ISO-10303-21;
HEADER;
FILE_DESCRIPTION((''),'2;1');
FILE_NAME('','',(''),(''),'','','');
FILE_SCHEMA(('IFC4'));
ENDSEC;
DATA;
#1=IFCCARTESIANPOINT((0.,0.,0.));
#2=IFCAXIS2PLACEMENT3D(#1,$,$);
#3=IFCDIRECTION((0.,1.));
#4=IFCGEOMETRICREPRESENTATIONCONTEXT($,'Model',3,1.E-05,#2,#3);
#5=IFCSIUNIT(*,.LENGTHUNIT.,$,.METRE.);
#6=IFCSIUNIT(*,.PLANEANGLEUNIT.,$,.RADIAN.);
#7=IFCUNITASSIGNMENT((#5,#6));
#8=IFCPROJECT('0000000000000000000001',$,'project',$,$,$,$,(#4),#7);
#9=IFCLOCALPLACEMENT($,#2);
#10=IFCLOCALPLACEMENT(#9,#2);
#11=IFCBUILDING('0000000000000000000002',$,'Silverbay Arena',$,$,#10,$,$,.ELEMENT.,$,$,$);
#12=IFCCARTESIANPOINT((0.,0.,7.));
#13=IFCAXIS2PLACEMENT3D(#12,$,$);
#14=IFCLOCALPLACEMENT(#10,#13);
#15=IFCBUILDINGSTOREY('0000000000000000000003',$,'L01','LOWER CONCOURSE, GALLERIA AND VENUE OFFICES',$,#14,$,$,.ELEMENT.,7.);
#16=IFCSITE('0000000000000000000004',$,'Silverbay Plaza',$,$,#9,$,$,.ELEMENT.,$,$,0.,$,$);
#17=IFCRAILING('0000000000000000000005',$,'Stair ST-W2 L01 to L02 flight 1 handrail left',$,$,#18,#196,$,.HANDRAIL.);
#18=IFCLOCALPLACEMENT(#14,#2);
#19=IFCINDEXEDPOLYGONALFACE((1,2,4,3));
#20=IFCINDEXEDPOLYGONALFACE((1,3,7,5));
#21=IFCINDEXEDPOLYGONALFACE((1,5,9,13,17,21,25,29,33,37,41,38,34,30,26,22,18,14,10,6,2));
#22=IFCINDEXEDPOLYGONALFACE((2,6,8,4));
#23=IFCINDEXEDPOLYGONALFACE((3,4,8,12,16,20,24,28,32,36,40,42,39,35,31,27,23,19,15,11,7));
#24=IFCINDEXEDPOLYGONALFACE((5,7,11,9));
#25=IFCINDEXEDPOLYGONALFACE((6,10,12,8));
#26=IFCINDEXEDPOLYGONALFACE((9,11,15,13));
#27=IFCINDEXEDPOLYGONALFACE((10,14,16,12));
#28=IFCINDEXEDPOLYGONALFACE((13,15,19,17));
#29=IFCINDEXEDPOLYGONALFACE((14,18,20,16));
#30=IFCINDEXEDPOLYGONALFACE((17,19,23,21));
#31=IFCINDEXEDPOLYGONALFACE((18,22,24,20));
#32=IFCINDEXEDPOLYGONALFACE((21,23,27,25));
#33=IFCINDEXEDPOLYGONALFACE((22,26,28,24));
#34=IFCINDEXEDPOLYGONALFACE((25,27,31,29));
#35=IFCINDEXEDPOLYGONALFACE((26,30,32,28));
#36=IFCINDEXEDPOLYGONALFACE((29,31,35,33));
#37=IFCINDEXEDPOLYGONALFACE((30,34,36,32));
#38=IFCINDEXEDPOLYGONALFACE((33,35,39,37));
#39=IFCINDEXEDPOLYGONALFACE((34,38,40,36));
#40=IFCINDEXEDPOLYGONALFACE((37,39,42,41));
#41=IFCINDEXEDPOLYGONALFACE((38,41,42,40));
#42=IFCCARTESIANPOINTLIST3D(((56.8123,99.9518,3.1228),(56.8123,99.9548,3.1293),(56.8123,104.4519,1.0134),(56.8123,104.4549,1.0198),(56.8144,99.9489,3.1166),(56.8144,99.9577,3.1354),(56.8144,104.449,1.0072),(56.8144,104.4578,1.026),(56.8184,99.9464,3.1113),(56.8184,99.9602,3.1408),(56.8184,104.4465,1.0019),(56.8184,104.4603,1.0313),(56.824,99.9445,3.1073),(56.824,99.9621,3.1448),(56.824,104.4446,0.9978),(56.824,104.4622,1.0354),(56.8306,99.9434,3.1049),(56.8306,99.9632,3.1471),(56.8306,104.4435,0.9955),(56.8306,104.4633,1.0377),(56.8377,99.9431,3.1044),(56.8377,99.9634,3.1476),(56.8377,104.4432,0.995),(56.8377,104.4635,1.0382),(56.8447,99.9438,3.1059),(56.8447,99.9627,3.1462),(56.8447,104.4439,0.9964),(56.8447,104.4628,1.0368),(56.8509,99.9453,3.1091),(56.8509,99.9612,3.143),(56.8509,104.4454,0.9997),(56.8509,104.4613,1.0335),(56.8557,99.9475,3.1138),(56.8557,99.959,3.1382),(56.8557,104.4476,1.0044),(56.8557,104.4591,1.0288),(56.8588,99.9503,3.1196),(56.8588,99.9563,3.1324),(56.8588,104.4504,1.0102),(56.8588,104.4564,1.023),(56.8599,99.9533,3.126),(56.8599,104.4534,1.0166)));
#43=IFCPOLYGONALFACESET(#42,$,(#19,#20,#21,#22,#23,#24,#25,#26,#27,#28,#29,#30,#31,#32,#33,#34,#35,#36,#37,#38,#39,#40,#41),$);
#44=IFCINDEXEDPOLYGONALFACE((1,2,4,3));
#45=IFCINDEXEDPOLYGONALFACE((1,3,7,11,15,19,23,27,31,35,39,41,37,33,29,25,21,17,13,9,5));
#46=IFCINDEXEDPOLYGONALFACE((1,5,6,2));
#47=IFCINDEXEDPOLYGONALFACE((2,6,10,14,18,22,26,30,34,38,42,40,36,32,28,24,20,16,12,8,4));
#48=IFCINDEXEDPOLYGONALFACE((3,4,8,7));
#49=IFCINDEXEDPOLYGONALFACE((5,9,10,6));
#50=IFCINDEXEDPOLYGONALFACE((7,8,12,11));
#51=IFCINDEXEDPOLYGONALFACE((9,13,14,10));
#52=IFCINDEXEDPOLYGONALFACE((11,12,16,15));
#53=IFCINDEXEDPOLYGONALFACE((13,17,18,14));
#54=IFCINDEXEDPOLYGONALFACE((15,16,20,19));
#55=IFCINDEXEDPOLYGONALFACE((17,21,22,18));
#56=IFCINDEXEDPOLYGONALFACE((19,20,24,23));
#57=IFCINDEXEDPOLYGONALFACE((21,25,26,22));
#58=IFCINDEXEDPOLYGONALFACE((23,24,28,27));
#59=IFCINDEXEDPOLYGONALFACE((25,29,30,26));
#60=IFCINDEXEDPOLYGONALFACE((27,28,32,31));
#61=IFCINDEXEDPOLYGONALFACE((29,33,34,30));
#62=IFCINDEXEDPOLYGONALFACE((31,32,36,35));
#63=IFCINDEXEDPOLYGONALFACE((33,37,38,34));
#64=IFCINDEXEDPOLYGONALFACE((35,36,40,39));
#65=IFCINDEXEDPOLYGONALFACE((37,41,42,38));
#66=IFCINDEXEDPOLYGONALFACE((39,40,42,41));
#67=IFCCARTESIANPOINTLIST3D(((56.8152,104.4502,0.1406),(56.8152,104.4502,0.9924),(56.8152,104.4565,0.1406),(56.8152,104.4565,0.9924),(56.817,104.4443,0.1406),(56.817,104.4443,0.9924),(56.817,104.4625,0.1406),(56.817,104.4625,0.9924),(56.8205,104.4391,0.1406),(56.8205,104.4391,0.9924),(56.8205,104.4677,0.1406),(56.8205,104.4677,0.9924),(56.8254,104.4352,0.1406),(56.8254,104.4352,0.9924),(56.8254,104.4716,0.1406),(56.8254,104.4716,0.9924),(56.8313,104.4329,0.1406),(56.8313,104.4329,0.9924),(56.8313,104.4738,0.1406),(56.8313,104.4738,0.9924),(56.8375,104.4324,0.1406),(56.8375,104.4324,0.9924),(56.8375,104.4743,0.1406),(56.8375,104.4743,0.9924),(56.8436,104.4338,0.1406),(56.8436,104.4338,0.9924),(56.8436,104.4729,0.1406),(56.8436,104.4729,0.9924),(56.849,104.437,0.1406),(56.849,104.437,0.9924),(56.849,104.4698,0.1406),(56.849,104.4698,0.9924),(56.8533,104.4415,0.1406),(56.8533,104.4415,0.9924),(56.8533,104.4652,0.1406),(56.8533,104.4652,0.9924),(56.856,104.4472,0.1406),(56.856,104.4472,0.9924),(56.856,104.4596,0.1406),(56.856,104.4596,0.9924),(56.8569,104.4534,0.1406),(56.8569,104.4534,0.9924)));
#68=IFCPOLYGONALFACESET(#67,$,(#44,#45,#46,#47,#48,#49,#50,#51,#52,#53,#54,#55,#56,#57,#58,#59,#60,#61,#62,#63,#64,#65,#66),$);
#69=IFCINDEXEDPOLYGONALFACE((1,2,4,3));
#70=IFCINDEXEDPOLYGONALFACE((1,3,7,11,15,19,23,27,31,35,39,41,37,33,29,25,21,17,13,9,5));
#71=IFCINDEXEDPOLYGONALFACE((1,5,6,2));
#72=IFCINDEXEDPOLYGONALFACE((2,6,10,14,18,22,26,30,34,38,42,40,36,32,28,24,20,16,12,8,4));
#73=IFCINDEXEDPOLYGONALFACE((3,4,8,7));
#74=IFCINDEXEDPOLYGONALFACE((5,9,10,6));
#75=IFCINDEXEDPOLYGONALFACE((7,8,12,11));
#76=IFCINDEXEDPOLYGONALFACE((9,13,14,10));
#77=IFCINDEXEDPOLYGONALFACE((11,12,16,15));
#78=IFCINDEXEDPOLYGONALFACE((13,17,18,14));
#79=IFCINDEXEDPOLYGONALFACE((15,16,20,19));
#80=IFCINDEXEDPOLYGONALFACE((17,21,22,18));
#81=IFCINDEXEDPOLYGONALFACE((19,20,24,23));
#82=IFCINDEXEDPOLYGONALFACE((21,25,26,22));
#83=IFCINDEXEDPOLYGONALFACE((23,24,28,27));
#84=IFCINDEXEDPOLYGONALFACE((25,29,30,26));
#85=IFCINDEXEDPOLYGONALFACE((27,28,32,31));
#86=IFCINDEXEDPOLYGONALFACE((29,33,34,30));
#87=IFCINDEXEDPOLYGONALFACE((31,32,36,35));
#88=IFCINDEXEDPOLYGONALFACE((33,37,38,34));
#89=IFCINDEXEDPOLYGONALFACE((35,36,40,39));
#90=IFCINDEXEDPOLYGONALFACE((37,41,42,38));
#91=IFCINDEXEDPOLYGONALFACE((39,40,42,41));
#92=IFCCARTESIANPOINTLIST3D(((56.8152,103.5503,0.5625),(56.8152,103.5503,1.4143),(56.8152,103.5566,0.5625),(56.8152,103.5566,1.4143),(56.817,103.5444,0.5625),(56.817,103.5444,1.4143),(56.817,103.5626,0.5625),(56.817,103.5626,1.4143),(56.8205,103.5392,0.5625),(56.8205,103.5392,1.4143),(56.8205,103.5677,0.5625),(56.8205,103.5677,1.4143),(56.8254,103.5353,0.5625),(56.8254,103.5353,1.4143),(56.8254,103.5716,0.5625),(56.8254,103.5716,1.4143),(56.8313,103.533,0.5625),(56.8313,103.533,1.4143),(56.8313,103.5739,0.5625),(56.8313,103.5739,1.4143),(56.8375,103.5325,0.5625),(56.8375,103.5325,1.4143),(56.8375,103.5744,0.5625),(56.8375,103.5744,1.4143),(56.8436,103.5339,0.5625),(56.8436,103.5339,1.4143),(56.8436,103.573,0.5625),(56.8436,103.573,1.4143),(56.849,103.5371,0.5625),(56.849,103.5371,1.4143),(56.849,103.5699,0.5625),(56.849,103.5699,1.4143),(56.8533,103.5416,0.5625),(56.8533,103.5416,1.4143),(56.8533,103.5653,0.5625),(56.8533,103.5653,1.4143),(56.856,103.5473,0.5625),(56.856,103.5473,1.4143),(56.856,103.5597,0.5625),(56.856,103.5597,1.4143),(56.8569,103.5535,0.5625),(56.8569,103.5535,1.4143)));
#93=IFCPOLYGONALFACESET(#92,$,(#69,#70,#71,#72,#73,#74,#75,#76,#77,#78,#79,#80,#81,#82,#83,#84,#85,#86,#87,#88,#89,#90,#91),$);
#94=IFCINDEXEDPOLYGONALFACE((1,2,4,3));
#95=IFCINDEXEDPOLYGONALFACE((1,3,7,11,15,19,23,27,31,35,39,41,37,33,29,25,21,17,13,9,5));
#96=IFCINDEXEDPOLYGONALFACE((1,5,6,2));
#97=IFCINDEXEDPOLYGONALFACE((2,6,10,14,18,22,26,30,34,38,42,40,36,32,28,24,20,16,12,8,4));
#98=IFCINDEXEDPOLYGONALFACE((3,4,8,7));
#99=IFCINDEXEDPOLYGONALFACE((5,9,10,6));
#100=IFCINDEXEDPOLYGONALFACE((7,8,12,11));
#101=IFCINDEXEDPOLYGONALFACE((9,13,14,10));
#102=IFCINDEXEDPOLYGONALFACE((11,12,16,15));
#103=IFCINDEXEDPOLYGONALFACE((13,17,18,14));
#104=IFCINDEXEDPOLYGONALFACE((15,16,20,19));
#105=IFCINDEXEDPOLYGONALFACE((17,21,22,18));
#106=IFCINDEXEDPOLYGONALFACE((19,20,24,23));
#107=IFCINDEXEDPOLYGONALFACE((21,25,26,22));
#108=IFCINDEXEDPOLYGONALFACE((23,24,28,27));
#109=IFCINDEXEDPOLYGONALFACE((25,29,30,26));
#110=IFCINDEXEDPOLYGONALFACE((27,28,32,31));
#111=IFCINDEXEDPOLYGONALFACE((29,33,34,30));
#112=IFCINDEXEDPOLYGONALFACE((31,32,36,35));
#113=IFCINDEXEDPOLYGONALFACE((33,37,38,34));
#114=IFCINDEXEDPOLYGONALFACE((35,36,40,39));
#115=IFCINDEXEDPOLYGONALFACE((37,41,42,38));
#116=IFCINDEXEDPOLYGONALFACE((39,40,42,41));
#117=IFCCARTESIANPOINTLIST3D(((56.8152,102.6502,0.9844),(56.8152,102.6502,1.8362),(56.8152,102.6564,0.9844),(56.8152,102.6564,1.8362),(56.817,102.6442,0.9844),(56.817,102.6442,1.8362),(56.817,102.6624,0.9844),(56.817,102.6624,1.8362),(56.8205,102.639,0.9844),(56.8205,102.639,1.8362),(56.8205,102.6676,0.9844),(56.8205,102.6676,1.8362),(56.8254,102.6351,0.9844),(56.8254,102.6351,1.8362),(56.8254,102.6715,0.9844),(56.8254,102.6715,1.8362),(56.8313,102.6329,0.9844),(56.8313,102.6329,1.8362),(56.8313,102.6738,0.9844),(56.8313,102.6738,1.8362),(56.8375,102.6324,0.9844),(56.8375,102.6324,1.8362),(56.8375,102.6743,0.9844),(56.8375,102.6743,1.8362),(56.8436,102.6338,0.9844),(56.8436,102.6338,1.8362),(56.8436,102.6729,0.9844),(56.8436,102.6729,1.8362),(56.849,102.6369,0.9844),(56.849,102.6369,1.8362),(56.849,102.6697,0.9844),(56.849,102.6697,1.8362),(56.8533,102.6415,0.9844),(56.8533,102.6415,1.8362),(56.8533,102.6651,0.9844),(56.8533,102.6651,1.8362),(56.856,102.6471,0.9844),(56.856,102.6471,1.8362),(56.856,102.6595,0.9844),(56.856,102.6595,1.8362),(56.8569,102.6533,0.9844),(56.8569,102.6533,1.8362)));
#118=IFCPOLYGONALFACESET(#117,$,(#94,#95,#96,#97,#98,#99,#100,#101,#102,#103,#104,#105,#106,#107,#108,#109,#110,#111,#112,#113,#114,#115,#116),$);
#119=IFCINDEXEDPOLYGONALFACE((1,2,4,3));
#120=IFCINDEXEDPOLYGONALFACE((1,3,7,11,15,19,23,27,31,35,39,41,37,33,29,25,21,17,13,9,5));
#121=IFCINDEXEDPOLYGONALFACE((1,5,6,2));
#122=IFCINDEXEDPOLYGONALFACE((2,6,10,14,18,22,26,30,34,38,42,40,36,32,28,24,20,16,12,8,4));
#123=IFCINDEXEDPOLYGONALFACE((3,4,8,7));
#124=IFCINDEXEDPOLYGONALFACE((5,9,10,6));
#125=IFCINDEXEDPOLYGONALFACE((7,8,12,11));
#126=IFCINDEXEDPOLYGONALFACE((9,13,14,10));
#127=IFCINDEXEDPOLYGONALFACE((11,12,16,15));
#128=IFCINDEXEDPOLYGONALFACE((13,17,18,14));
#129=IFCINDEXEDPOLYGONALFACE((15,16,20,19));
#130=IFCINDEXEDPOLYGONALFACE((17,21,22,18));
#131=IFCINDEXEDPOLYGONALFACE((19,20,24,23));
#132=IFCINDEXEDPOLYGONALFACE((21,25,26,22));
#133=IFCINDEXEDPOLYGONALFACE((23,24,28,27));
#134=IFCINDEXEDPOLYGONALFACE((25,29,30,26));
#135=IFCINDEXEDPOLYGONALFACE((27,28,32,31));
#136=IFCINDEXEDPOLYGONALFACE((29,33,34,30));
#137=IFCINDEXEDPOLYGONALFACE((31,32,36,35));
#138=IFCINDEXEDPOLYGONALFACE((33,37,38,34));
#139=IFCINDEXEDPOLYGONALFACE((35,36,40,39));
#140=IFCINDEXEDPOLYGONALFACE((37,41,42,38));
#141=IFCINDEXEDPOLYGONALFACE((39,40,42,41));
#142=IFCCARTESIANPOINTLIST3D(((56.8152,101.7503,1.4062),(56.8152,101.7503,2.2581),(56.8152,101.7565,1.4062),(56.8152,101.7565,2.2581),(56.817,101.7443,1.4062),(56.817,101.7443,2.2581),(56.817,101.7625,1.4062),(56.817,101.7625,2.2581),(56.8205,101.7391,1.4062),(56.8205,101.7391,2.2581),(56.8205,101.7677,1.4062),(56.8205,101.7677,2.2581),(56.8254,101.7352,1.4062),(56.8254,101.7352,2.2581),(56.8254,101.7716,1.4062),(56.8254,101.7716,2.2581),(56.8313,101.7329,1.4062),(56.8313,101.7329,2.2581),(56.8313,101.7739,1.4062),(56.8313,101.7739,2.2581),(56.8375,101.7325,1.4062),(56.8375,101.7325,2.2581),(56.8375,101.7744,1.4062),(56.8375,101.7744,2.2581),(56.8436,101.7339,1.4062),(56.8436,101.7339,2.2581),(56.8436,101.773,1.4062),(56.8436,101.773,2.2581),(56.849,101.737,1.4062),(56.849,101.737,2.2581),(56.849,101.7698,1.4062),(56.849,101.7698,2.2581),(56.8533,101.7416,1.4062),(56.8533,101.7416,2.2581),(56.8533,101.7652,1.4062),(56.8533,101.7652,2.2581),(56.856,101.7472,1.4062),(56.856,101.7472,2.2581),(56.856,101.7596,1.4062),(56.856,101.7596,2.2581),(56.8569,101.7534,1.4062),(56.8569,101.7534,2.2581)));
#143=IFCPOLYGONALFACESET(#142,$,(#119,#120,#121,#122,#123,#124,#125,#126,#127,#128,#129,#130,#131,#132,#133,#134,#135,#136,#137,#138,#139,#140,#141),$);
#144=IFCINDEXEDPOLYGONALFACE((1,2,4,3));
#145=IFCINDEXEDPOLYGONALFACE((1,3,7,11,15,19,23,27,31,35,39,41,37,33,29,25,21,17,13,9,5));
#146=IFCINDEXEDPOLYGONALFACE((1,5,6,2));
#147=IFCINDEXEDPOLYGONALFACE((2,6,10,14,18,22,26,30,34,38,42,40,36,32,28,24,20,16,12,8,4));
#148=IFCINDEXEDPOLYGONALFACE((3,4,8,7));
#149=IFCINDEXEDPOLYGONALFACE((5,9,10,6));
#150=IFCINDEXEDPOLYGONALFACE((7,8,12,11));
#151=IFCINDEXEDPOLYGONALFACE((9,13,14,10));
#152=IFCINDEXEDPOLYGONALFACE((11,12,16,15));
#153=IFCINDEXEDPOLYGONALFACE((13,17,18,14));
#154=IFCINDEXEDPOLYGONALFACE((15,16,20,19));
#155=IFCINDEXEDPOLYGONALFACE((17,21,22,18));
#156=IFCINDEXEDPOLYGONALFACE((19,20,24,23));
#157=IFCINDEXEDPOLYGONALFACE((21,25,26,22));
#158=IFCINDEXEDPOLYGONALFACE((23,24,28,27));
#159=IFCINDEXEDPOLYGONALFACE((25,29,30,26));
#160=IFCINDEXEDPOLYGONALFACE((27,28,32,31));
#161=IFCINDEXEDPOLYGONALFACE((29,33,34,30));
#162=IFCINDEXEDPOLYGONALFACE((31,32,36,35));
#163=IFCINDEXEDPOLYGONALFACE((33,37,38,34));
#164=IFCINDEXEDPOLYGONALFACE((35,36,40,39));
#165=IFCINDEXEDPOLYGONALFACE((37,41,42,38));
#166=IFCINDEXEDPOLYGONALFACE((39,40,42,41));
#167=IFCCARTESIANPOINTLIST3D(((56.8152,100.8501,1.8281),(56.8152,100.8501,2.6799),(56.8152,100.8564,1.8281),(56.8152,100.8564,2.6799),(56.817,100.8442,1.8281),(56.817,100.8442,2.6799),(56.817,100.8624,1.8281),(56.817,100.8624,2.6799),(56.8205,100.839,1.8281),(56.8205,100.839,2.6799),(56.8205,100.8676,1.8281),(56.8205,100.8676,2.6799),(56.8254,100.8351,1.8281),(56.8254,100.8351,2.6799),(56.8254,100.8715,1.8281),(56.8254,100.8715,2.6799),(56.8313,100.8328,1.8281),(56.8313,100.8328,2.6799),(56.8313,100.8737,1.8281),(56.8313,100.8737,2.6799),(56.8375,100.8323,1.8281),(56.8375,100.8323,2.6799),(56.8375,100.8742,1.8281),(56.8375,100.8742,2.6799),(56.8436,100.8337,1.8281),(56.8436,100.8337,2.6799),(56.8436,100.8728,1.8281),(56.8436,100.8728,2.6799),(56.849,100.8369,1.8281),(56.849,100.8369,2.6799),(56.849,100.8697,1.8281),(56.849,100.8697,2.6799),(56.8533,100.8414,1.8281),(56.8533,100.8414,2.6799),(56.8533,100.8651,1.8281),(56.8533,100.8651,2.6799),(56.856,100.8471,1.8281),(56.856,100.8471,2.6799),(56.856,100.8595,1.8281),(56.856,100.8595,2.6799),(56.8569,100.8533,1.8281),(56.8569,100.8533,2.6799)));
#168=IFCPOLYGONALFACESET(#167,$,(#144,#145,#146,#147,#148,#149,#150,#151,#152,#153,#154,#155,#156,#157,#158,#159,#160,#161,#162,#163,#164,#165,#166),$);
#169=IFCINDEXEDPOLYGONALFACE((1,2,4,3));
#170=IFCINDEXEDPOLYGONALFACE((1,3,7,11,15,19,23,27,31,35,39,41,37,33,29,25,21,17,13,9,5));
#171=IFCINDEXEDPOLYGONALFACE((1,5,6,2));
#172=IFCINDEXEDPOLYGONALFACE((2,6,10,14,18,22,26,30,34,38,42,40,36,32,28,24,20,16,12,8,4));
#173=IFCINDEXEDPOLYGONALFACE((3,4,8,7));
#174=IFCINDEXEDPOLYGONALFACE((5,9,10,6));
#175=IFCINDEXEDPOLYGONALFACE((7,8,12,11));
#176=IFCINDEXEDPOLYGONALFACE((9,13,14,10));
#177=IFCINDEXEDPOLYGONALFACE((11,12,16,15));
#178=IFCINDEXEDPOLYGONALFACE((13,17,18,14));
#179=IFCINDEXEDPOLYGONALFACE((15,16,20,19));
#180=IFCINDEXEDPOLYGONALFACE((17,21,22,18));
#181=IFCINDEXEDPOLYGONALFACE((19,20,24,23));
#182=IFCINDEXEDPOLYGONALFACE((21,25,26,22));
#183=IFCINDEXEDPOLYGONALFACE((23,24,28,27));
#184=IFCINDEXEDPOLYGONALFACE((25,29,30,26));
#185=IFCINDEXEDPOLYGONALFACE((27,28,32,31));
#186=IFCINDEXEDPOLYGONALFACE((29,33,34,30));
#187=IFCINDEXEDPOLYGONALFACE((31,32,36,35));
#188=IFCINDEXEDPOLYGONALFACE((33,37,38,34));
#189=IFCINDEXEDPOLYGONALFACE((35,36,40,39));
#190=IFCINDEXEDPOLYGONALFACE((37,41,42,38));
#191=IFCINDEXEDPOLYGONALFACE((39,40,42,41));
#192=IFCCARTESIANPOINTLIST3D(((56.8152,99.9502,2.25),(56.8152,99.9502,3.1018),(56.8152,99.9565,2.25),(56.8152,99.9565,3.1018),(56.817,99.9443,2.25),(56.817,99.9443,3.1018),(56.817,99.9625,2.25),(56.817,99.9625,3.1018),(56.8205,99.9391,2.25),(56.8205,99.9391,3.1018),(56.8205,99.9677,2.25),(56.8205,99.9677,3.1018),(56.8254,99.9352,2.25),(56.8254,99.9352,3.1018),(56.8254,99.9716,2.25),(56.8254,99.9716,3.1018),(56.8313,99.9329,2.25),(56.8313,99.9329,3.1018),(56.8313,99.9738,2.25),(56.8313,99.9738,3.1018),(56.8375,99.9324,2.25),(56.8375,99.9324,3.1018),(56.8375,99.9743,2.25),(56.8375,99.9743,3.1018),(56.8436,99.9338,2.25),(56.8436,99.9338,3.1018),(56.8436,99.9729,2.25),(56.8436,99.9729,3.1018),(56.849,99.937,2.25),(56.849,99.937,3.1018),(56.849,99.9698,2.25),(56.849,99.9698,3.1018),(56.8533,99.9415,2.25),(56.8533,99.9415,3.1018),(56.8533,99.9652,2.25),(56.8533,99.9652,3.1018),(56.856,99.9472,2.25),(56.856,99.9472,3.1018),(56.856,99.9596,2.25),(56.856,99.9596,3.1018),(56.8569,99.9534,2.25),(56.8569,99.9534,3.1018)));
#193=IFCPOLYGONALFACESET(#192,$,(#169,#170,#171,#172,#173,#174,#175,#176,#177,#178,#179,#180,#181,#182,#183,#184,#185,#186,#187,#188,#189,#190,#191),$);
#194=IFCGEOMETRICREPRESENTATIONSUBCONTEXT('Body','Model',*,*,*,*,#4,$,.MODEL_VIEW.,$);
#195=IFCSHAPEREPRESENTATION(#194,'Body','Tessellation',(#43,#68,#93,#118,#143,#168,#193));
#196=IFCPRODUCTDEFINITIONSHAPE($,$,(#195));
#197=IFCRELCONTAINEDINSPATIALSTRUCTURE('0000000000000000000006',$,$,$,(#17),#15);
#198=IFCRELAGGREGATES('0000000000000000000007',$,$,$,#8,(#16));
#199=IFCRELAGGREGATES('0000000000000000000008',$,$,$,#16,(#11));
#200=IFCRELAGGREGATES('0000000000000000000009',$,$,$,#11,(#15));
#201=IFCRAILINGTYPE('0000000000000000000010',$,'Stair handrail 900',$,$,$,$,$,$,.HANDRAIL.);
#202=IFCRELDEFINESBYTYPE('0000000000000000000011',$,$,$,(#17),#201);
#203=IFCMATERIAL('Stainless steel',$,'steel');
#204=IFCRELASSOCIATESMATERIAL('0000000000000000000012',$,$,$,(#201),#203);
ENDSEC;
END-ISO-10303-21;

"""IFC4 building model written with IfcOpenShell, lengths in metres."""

from ifc_helpers import new_model, si_unit, direction, frame, origin, origin_2d, place, context, subcontext, project, spatial, circle, extrude, material, type_object, element, save


model = new_model("IFC4")

# Units and contexts
model_context = context("Model", 3, precision=1e-05, world=origin(), true_north=direction((0.0, 1.0)))
body_context = subcontext(model_context, "Body", "Model", "MODEL_VIEW")
ifc_project = project(units=[si_unit("LENGTHUNIT", "METRE"), si_unit("PLANEANGLEUNIT", "RADIAN")], contexts=[model_context])

# Site, building, storey
site_placement = place(None, origin())
site = spatial("IfcSite", under=ifc_project, at=site_placement, Name="Silverbay Plaza", CompositionType="ELEMENT", RefElevation=0.0)
building_placement = place(site_placement, origin())
building = spatial("IfcBuilding", under=site, at=building_placement, Name="Silverbay Arena", CompositionType="ELEMENT")
storey_placement = place(building_placement, frame((0.0, 0.0, 7.0)))
storey = spatial("IfcBuildingStorey", under=building, at=storey_placement, Name="L01", Description="LOWER CONCOURSE, GALLERIA AND VENUE OFFICES", CompositionType="ELEMENT", Elevation=7.0)

# Railing
ifc_material_1 = material(Name="Stainless steel", Category="steel")
railing_type_1 = type_object("IfcRailingType", Name="Stair handrail 900", PredefinedType="HANDRAIL", material=ifc_material_1)
for number, where, name in (
    (1, (56.8359, 104.4534, 0.1406), "Stair ST-W2 L01 to L02 flight 1 handrail left"),
):
    element("IfcRailing", number, at=place(storey_placement, frame(where)), inside=storey, type_object=railing_type_1, Name=name, PredefinedType="HANDRAIL", context=body_context, shape_type="SweptSolid", body=[
        extrude(circle(Radius=0.0239, at=origin_2d()), frame((0.0, 0.0, 0.876), z_axis=(0.0, -0.905459, 0.424434), x_axis=(1.0, 0.0, 0.0)), (0.0, 0.0, 1.0), 4.97),
        extrude(circle(Radius=0.021, at=origin_2d()), origin(), (0.0, 0.0, 1.0), 0.8518),
        extrude(circle(Radius=0.021, at=origin_2d()), frame((0.0, -0.8999, 0.4219)), (0.0, 0.0, 1.0), 0.8518),
        extrude(circle(Radius=0.021, at=origin_2d()), frame((0.0, -1.8, 0.8438)), (0.0, 0.0, 1.0), 0.8518),
        extrude(circle(Radius=0.021, at=origin_2d()), frame((0.0, -2.7, 1.2656)), (0.0, 0.0, 1.0), 0.8518),
        extrude(circle(Radius=0.021, at=origin_2d()), frame((0.0, -3.6001, 1.6875)), (0.0, 0.0, 1.0), 0.8518),
        extrude(circle(Radius=0.021, at=origin_2d()), frame((0.0, -4.5, 2.1094)), (0.0, 0.0, 1.0), 0.8518),
    ])

save(model, "model.ifc")
